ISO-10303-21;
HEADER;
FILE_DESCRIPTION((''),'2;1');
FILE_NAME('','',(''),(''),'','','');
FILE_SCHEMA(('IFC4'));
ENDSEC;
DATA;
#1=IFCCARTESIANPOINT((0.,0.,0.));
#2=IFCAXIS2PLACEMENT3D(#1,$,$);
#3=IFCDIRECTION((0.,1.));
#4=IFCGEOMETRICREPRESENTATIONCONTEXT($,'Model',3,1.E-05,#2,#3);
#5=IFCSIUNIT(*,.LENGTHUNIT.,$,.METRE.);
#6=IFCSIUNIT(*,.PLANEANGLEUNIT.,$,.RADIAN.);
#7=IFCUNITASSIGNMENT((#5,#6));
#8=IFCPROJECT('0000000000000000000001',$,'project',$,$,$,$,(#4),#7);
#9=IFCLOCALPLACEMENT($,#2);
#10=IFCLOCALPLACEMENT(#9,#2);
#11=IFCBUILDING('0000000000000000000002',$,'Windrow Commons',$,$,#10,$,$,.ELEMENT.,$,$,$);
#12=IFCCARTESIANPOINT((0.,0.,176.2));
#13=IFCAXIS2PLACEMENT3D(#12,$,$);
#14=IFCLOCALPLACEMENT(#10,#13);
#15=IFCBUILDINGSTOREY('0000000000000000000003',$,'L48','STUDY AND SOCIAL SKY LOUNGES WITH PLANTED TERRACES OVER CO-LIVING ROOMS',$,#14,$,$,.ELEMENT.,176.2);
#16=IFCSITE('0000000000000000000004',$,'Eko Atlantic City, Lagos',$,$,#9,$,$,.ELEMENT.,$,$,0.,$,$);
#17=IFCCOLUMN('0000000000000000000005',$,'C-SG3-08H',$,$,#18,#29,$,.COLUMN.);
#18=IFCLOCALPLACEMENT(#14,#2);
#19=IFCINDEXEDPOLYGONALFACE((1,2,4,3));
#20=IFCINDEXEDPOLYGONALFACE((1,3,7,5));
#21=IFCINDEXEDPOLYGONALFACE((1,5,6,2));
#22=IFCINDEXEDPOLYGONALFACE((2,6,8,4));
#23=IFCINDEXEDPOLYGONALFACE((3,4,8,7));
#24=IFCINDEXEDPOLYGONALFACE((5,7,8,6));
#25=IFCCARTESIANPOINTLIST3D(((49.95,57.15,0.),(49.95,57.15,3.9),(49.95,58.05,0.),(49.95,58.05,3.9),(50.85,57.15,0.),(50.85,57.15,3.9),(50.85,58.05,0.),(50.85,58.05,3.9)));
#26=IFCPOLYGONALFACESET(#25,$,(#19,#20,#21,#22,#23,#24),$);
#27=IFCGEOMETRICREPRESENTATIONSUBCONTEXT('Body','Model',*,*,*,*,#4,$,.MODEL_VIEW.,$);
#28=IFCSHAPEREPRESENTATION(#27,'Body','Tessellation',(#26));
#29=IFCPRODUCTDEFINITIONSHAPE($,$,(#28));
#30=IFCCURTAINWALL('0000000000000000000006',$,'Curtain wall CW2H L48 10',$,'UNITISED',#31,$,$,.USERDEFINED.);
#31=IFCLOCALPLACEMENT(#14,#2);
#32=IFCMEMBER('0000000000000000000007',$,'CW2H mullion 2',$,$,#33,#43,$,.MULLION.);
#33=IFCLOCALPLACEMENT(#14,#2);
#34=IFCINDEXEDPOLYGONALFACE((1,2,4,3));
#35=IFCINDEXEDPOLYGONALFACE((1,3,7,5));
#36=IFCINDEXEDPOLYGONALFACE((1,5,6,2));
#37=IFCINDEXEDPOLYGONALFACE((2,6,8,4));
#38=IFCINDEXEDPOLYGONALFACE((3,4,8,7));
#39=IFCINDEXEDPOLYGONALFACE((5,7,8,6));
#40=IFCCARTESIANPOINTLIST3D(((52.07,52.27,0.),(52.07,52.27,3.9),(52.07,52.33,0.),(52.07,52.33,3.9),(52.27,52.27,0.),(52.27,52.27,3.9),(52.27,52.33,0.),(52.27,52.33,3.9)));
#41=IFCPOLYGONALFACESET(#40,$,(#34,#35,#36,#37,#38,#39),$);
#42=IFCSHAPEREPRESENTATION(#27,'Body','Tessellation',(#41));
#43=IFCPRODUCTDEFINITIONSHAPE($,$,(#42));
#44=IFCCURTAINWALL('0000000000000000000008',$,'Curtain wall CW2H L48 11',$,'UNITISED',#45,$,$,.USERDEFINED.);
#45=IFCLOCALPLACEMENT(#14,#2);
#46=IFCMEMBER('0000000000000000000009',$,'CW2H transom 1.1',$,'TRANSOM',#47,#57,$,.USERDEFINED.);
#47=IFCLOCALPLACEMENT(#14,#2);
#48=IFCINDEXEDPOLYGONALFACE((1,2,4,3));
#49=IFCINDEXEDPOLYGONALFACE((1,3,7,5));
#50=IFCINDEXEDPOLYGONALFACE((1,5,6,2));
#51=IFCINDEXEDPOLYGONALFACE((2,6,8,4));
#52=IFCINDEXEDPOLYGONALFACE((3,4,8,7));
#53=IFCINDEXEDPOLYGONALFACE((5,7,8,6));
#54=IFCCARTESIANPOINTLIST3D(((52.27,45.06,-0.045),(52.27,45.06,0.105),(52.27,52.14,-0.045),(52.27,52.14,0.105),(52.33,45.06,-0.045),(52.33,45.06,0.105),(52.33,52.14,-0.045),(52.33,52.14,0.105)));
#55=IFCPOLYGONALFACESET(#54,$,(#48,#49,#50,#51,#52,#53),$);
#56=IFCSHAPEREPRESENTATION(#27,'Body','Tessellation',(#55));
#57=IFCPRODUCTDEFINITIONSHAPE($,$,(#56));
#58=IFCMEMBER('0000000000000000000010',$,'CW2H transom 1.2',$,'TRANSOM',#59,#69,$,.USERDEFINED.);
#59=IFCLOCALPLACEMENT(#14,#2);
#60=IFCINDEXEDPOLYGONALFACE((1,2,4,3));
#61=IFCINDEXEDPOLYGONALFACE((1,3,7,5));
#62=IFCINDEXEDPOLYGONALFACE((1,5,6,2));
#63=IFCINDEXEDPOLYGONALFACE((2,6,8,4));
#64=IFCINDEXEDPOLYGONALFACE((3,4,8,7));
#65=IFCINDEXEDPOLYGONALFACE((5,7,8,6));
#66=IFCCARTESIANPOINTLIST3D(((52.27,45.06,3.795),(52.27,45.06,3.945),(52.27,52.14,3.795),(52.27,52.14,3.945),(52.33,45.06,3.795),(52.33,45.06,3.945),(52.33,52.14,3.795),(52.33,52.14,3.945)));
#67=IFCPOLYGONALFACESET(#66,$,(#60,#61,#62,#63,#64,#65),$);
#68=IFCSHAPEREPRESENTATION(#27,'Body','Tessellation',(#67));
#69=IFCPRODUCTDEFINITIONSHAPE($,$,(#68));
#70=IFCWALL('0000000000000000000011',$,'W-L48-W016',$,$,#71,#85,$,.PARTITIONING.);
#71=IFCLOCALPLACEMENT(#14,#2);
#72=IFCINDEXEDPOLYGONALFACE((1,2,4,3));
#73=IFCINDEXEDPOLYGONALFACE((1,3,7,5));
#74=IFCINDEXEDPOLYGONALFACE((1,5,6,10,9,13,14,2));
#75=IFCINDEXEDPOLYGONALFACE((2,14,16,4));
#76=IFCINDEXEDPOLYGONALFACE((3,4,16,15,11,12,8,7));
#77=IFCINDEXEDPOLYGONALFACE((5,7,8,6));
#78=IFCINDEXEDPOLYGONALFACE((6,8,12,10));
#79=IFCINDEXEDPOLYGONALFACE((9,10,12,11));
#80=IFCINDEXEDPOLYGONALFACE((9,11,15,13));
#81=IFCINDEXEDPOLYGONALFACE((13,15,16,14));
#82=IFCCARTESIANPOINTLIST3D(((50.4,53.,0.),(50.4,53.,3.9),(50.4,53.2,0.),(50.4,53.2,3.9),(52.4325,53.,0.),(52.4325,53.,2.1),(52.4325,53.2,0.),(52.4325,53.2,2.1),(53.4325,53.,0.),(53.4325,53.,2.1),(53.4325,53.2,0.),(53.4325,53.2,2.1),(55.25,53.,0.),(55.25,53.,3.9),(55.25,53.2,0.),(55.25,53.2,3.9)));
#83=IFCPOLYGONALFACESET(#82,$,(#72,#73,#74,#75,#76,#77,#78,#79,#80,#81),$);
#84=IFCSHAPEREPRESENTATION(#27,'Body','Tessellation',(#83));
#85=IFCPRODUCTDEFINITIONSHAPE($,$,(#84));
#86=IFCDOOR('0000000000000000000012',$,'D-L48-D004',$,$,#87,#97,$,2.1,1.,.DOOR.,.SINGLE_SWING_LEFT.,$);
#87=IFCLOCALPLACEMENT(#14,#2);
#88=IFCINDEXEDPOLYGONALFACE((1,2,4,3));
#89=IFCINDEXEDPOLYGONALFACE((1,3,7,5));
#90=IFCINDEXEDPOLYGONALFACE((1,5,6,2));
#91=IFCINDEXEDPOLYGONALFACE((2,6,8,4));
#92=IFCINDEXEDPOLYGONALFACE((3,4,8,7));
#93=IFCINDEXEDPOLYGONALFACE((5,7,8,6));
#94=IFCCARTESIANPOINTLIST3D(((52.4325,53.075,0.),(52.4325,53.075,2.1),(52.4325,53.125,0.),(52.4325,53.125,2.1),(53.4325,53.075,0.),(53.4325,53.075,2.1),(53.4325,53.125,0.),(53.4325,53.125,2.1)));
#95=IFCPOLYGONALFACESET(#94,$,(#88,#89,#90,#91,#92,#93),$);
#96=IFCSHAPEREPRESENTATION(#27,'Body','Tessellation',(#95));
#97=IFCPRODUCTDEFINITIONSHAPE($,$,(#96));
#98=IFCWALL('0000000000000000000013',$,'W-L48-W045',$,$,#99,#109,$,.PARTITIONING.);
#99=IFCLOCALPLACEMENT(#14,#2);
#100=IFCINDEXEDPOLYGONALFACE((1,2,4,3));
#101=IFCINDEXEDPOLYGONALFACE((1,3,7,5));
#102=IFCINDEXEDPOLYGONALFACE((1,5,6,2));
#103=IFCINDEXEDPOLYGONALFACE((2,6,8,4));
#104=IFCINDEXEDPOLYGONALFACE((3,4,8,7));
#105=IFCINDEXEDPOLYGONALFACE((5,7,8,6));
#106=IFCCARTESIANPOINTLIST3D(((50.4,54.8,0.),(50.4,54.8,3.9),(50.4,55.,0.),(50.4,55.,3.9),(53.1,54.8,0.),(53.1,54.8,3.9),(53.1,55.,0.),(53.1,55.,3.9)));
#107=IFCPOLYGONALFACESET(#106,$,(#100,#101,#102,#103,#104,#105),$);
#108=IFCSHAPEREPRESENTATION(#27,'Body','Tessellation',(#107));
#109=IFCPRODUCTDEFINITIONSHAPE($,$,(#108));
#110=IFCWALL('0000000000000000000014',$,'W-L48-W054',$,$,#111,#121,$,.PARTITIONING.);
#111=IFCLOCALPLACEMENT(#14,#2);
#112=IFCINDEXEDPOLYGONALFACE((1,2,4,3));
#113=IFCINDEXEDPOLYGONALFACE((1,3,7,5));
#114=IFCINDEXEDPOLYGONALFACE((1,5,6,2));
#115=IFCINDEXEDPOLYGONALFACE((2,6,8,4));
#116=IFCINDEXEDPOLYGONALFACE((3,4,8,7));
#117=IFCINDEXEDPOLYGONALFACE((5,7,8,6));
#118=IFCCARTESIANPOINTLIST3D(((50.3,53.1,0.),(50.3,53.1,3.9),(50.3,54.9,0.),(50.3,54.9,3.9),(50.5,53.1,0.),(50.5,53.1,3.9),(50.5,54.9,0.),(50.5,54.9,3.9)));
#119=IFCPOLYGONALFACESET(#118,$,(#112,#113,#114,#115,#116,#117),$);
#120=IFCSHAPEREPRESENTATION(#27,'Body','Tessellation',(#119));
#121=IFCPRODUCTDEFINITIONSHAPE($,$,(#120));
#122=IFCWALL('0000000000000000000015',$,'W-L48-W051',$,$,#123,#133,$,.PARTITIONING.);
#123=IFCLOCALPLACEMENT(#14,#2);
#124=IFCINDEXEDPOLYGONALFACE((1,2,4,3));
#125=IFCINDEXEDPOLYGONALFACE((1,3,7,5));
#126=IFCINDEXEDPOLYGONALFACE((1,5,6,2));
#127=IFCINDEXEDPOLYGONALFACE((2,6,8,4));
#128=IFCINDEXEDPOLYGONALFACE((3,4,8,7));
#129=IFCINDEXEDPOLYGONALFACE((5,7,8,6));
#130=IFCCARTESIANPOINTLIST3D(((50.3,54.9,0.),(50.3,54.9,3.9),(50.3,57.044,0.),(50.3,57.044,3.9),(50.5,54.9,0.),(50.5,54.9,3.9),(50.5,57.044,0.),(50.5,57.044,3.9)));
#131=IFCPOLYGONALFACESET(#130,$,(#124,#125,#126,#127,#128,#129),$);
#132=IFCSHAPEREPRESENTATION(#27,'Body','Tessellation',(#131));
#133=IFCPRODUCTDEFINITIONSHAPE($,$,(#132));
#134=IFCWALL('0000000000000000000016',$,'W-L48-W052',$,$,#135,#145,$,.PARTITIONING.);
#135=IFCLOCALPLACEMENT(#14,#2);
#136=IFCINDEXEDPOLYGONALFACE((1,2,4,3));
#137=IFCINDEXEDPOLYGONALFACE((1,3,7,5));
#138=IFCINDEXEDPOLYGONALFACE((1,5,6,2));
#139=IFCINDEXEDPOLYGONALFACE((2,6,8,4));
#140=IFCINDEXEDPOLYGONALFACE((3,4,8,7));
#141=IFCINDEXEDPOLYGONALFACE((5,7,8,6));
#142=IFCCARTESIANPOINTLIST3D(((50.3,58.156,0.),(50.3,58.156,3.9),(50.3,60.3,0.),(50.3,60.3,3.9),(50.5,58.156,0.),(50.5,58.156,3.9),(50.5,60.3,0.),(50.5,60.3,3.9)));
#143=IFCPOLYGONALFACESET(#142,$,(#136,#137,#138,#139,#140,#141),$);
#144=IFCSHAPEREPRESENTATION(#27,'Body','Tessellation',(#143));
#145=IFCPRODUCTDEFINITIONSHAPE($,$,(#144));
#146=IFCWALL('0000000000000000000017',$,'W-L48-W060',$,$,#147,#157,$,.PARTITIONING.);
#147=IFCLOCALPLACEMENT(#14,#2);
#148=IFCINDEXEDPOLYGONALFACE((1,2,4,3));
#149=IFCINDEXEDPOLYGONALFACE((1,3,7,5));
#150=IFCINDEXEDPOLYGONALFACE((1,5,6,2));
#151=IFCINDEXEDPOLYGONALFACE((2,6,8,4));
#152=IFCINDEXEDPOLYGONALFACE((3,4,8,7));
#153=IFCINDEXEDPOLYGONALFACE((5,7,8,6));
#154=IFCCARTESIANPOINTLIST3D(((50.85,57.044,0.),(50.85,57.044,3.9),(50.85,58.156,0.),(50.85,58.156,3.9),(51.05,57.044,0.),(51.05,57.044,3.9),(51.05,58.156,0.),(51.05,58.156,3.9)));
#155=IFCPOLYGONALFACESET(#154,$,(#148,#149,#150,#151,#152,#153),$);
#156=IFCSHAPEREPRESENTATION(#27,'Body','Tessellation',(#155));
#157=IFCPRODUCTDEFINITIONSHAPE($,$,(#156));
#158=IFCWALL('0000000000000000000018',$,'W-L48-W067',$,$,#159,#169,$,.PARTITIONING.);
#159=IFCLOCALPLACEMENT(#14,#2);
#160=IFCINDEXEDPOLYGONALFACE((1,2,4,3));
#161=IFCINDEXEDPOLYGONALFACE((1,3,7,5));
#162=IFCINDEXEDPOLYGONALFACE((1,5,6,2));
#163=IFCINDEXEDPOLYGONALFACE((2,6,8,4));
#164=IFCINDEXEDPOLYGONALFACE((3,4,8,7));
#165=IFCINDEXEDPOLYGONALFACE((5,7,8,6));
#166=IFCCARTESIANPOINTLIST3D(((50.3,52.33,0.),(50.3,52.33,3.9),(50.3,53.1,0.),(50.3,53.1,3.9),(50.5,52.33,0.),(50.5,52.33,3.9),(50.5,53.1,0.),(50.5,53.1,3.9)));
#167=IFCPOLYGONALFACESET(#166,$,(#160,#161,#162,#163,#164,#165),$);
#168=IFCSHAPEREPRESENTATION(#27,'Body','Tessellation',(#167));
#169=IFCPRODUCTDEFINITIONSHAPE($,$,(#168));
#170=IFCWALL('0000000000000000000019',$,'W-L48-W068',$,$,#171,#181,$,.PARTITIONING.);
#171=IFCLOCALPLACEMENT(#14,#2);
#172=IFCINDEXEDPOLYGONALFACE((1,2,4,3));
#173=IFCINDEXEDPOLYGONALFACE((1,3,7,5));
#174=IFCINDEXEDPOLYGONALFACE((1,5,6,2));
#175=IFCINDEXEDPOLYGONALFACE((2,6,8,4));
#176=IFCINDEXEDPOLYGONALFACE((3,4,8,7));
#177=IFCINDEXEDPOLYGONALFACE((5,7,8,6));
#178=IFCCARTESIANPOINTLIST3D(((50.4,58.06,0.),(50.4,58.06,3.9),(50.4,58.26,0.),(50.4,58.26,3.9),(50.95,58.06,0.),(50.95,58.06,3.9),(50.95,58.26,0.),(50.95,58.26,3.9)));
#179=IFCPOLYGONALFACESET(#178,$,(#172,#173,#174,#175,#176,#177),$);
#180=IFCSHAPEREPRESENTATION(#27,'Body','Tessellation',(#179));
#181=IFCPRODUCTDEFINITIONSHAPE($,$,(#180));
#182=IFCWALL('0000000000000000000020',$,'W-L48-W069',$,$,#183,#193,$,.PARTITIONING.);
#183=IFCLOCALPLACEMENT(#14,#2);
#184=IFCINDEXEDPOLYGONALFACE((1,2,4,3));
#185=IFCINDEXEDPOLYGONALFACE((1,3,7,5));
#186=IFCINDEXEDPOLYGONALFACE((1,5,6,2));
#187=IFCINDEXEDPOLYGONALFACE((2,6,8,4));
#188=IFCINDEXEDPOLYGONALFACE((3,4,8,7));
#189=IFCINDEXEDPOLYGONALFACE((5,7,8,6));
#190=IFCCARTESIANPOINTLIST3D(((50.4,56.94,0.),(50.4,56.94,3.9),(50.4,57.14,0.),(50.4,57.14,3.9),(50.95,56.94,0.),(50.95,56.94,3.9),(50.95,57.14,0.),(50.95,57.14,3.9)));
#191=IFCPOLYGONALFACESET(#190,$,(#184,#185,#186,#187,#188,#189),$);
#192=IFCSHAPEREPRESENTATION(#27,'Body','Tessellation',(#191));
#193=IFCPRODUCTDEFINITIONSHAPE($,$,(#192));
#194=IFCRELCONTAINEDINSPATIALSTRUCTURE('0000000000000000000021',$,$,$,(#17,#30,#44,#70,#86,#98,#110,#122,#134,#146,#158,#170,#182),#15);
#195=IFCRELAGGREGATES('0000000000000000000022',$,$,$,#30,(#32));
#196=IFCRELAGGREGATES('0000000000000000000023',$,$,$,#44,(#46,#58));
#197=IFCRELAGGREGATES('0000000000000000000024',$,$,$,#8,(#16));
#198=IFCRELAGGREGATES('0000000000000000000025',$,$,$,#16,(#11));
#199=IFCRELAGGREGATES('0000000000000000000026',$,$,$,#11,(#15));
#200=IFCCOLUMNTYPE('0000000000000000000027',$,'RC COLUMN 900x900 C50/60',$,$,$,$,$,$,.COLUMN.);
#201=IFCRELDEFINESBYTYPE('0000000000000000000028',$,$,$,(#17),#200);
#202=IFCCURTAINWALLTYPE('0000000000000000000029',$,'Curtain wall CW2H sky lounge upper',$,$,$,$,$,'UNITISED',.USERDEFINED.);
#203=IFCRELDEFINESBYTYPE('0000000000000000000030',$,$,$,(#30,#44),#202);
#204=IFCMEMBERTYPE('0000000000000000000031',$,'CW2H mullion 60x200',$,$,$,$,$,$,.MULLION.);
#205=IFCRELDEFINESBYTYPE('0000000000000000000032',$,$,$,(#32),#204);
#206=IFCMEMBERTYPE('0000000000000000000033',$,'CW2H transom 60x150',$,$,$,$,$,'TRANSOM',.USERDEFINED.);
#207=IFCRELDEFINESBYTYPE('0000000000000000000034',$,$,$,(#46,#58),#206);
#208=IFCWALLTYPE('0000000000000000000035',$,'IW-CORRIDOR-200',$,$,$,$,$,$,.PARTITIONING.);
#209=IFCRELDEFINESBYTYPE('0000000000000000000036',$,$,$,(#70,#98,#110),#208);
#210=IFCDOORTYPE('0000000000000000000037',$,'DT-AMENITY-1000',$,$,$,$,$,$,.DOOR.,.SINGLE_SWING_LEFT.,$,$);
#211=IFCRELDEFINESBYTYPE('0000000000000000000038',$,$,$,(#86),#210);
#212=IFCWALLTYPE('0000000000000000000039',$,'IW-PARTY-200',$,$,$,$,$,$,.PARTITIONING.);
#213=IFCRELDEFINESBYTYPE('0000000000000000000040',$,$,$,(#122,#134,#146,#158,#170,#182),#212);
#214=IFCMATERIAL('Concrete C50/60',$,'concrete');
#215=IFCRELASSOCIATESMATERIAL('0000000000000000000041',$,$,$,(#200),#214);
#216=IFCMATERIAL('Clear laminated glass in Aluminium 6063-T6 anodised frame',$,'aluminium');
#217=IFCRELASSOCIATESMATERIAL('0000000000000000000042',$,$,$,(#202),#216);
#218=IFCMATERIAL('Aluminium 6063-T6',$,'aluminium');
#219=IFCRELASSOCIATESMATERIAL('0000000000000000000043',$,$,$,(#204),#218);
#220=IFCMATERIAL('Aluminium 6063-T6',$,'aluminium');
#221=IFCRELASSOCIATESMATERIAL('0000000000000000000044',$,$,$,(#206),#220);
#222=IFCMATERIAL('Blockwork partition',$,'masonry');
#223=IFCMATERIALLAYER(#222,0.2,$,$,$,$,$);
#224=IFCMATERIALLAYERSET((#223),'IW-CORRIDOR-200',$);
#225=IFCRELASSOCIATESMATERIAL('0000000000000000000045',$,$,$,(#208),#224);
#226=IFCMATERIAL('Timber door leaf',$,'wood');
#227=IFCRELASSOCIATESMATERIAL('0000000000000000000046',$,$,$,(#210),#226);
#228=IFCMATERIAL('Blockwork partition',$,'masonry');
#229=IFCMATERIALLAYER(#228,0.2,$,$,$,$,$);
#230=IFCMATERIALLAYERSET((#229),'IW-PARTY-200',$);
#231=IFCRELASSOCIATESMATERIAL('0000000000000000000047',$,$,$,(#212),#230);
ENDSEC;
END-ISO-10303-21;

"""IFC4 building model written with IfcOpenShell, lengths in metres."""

from ifc_helpers import new_model, si_unit, direction, frame, frame_2d, origin, origin_2d, place, context, subcontext, project, spatial, rectangle, extrude, material, layer, layer_set, material_profile, profile_set, type_object, element, fill, aggregate, save


model = new_model("IFC4")

# Units and contexts
model_context = context("Model", 3, precision=1e-05, world=origin(), true_north=direction((0.0, 1.0)))
body_context = subcontext(model_context, "Body", "Model", "MODEL_VIEW")
ifc_project = project(units=[si_unit("LENGTHUNIT", "METRE"), si_unit("PLANEANGLEUNIT", "RADIAN")], contexts=[model_context])

# Site, building, storey
site_placement = place(None, origin())
site = spatial("IfcSite", under=ifc_project, at=site_placement, Name="Eko Atlantic City, Lagos", CompositionType="ELEMENT", RefElevation=0.0)
building_placement = place(site_placement, origin())
building = spatial("IfcBuilding", under=site, at=building_placement, Name="Windrow Commons", CompositionType="ELEMENT")
storey_placement = place(building_placement, frame((0.0, 0.0, 176.2)))
storey = spatial("IfcBuildingStorey", under=building, at=storey_placement, Name="L48", Description="STUDY AND SOCIAL SKY LOUNGES WITH PLANTED TERRACES OVER CO-LIVING ROOMS", CompositionType="ELEMENT", Elevation=176.2)

# Column
ifc_material_1 = material(Name="Concrete C50/60", Category="concrete")
ifc_material_profile_1 = material_profile(ifc_material_1, rectangle(XDim=0.9, YDim=0.9, at=origin_2d()))
ifc_profile_set_1 = profile_set([ifc_material_profile_1], Name="Concrete C50/60")
column_type = type_object("IfcColumnType", Name="RC COLUMN 900x900 C50/60", PredefinedType="COLUMN", material=ifc_profile_set_1)
column_placement = place(storey_placement, frame((50.4, 57.6, 0.0), z_axis=(0.0, 0.0, 1.0), x_axis=(1.0, 0.0, 0.0)))
element("IfcColumn", 1, at=column_placement, inside=storey, type_object=column_type, Name="C-SG3-08H", PredefinedType="COLUMN", context=body_context, shape_type="SweptSolid", body=[
    extrude(rectangle(XDim=0.9, YDim=0.9, at=origin_2d()), origin(), (0.0, 0.0, 1.0), 3.9),
])

# Curtain wall, member
ifc_material_2 = material(Name="Clear laminated glass in Aluminium 6063-T6 anodised frame", Category="aluminium")
curtain_wall_type = type_object("IfcCurtainWallType", Name="Curtain wall CW2H sky lounge upper", ElementType="UNITISED", PredefinedType="USERDEFINED", material=ifc_material_2)
placement = place(storey_placement, origin())
curtain_wall_1 = element("IfcCurtainWall", 2, at=placement, inside=storey, type_object=curtain_wall_type, Name="Curtain wall CW2H L48 10", ObjectType="UNITISED", PredefinedType="USERDEFINED")
ifc_material_3 = material(Name="Aluminium 6063-T6", Category="aluminium")
ifc_material_profile_2 = material_profile(ifc_material_3, rectangle(XDim=0.06, YDim=0.2, at=origin_2d()))
ifc_profile_set_2 = profile_set([ifc_material_profile_2], Name="Aluminium 6063-T6")
member_type_1 = type_object("IfcMemberType", Name="CW2H mullion 60x200", PredefinedType="MULLION", material=ifc_profile_set_2)
member_1_placement = place(storey_placement, frame((52.17, 52.3, 0.0), z_axis=(0.0, 0.0, 1.0), x_axis=(0.0, 1.0, 0.0)))
member_1 = element("IfcMember", 3, at=member_1_placement, type_object=member_type_1, Name="CW2H mullion 2", PredefinedType="MULLION", context=body_context, shape_type="SweptSolid", body=[
    extrude(rectangle(XDim=0.06, YDim=0.2, at=origin_2d()), origin(), (0.0, 0.0, 1.0), 3.9),
])
aggregate(curtain_wall_1, [member_1])

# Curtain wall, members
curtain_wall_2 = element("IfcCurtainWall", 4, at=placement, inside=storey, type_object=curtain_wall_type, Name="Curtain wall CW2H L48 11", ObjectType="UNITISED", PredefinedType="USERDEFINED")
ifc_material_4 = material(Name="Aluminium 6063-T6", Category="aluminium")
ifc_material_profile_3 = material_profile(ifc_material_4, rectangle(XDim=0.06, YDim=0.15, at=origin_2d()))
ifc_profile_set_3 = profile_set([ifc_material_profile_3], Name="Aluminium 6063-T6")
member_type_2 = type_object("IfcMemberType", Name="CW2H transom 60x150", ElementType="TRANSOM", PredefinedType="USERDEFINED", material=ifc_profile_set_3)
member_2_placement = place(storey_placement, frame((52.3, 52.14, 0.03), z_axis=(0.0, -1.0, 0.0), x_axis=(1.0, 0.0, 0.0)))
member_2 = element("IfcMember", 5, at=member_2_placement, type_object=member_type_2, Name="CW2H transom 1.1", ObjectType="TRANSOM", PredefinedType="USERDEFINED", context=body_context, shape_type="SweptSolid", body=[
    extrude(rectangle(XDim=0.06, YDim=0.15, at=origin_2d()), origin(), (0.0, 0.0, 1.0), 7.08),
])
member_3_placement = place(storey_placement, frame((52.3, 52.14, 3.87), z_axis=(0.0, -1.0, 0.0), x_axis=(1.0, 0.0, 0.0)))
member_3 = element("IfcMember", 6, at=member_3_placement, type_object=member_type_2, Name="CW2H transom 1.2", ObjectType="TRANSOM", PredefinedType="USERDEFINED", context=body_context, shape_type="SweptSolid", body=[
    extrude(rectangle(XDim=0.06, YDim=0.15, at=origin_2d()), origin(), (0.0, 0.0, 1.0), 7.08),
])
aggregate(curtain_wall_2, [member_2, member_3])

# Wall, opening, door
ifc_material_5 = material(Name="Blockwork partition", Category="masonry")
ifc_layer_1 = layer(ifc_material_5, 0.2)
ifc_layer_set_1 = layer_set([ifc_layer_1], Name="IW-CORRIDOR-200")
wall_type_1 = type_object("IfcWallType", Name="IW-CORRIDOR-200", PredefinedType="PARTITIONING", material=ifc_layer_set_1)
wall_1_placement = place(storey_placement, frame((50.4, 53.1, 0.0), z_axis=(0.0, 0.0, 1.0), x_axis=(1.0, 0.0, 0.0)))
wall_1 = element("IfcWall", 7, at=wall_1_placement, inside=storey, type_object=wall_type_1, Name="W-L48-W016", PredefinedType="PARTITIONING", context=body_context, shape_type="SweptSolid", body=[
    extrude(rectangle(XDim=4.85, YDim=0.2, at=frame_2d((2.425, 0.0))), origin(), (0.0, 0.0, 1.0), 3.9),
])
opening_placement = place(wall_1_placement, frame((2.0325, 0.0, 0.0)))
opening = element("IfcOpeningElement", 8, at=opening_placement, cuts=wall_1, PredefinedType="OPENING", context=body_context, shape_type="SweptSolid", body=[
    extrude(rectangle(XDim=1.0, YDim=2.1, at=frame_2d((0.5, 1.05))), frame((0.0, 0.11, 0.0), z_axis=(0.0, -1.0, 0.0), x_axis=(1.0, 0.0, 0.0)), (0.0, 0.0, 1.0), 0.22),
])
ifc_material_6 = material(Name="Timber door leaf", Category="wood")
door_type = type_object("IfcDoorType", Name="DT-AMENITY-1000", OperationType="SINGLE_SWING_LEFT", PredefinedType="DOOR", material=ifc_material_6)
door_placement = place(opening_placement, origin())
door = element("IfcDoor", 9, at=door_placement, inside=storey, type_object=door_type, Name="D-L48-D004", OperationType="SINGLE_SWING_LEFT", OverallHeight=2.1, OverallWidth=1.0, PredefinedType="DOOR", context=body_context, shape_type="SweptSolid", body=[
    extrude(rectangle(XDim=1.0, YDim=2.1, at=frame_2d((0.5, 1.05))), frame((0.0, 0.025, 0.0), z_axis=(0.0, -1.0, 0.0), x_axis=(1.0, 0.0, 0.0)), (0.0, 0.0, 1.0), 0.05),
])
fill(opening, door)

# Walls
wall_2_placement = place(storey_placement, frame((50.4, 54.9, 0.0), z_axis=(0.0, 0.0, 1.0), x_axis=(1.0, 0.0, 0.0)))
element("IfcWall", 10, at=wall_2_placement, inside=storey, type_object=wall_type_1, Name="W-L48-W045", PredefinedType="PARTITIONING", context=body_context, shape_type="SweptSolid", body=[
    extrude(rectangle(XDim=2.7, YDim=0.2, at=frame_2d((1.35, 0.0))), origin(), (0.0, 0.0, 1.0), 3.9),
])
wall_3_placement = place(storey_placement, frame((50.4, 53.1, 0.0), z_axis=(0.0, 0.0, 1.0), x_axis=(0.0, 1.0, 0.0)))
element("IfcWall", 11, at=wall_3_placement, inside=storey, type_object=wall_type_1, Name="W-L48-W054", PredefinedType="PARTITIONING", context=body_context, shape_type="SweptSolid", body=[
    extrude(rectangle(XDim=1.8, YDim=0.2, at=frame_2d((0.9, 0.0))), origin(), (0.0, 0.0, 1.0), 3.9),
])
ifc_material_7 = material(Name="Blockwork partition", Category="masonry")
ifc_layer_2 = layer(ifc_material_7, 0.2)
ifc_layer_set_2 = layer_set([ifc_layer_2], Name="IW-PARTY-200")
wall_type_2 = type_object("IfcWallType", Name="IW-PARTY-200", PredefinedType="PARTITIONING", material=ifc_layer_set_2)
for number, where, z_axis, x_axis, name in (
    (12, (50.4, 54.9, 0.0), (0.0, 0.0, 1.0), (0.0, 1.0, 0.0), "W-L48-W051"),
    (13, (50.4, 58.156, 0.0), (0.0, 0.0, 1.0), (0.0, 1.0, 0.0), "W-L48-W052"),
):
    element("IfcWall", number, at=place(storey_placement, frame(where, z_axis=z_axis, x_axis=x_axis)), inside=storey, type_object=wall_type_2, Name=name, PredefinedType="PARTITIONING", context=body_context, shape_type="SweptSolid", body=[
        extrude(rectangle(XDim=2.144, YDim=0.2, at=frame_2d((1.072, 0.0))), origin(), (0.0, 0.0, 1.0), 3.9),
    ])
wall_4_placement = place(storey_placement, frame((50.95, 57.044, 0.0), z_axis=(0.0, 0.0, 1.0), x_axis=(0.0, 1.0, 0.0)))
element("IfcWall", 14, at=wall_4_placement, inside=storey, type_object=wall_type_2, Name="W-L48-W060", PredefinedType="PARTITIONING", context=body_context, shape_type="SweptSolid", body=[
    extrude(rectangle(XDim=1.112, YDim=0.2, at=frame_2d((0.556, 0.0))), origin(), (0.0, 0.0, 1.0), 3.9),
])
wall_5_placement = place(storey_placement, frame((50.4, 52.33, 0.0), z_axis=(0.0, 0.0, 1.0), x_axis=(0.0, 1.0, 0.0)))
element("IfcWall", 15, at=wall_5_placement, inside=storey, type_object=wall_type_2, Name="W-L48-W067", PredefinedType="PARTITIONING", context=body_context, shape_type="SweptSolid", body=[
    extrude(rectangle(XDim=0.77, YDim=0.2, at=frame_2d((0.385, 0.0))), origin(), (0.0, 0.0, 1.0), 3.9),
])
for number, where, z_axis, x_axis, name in (
    (16, (50.4, 58.16, 0.0), (0.0, 0.0, 1.0), (1.0, 0.0, 0.0), "W-L48-W068"),
    (17, (50.4, 57.04, 0.0), (0.0, 0.0, 1.0), (1.0, 0.0, 0.0), "W-L48-W069"),
):
    element("IfcWall", number, at=place(storey_placement, frame(where, z_axis=z_axis, x_axis=x_axis)), inside=storey, type_object=wall_type_2, Name=name, PredefinedType="PARTITIONING", context=body_context, shape_type="SweptSolid", body=[
        extrude(rectangle(XDim=0.55, YDim=0.2, at=frame_2d((0.275, 0.0))), origin(), (0.0, 0.0, 1.0), 3.9),
    ])

save(model, "model.ifc")
